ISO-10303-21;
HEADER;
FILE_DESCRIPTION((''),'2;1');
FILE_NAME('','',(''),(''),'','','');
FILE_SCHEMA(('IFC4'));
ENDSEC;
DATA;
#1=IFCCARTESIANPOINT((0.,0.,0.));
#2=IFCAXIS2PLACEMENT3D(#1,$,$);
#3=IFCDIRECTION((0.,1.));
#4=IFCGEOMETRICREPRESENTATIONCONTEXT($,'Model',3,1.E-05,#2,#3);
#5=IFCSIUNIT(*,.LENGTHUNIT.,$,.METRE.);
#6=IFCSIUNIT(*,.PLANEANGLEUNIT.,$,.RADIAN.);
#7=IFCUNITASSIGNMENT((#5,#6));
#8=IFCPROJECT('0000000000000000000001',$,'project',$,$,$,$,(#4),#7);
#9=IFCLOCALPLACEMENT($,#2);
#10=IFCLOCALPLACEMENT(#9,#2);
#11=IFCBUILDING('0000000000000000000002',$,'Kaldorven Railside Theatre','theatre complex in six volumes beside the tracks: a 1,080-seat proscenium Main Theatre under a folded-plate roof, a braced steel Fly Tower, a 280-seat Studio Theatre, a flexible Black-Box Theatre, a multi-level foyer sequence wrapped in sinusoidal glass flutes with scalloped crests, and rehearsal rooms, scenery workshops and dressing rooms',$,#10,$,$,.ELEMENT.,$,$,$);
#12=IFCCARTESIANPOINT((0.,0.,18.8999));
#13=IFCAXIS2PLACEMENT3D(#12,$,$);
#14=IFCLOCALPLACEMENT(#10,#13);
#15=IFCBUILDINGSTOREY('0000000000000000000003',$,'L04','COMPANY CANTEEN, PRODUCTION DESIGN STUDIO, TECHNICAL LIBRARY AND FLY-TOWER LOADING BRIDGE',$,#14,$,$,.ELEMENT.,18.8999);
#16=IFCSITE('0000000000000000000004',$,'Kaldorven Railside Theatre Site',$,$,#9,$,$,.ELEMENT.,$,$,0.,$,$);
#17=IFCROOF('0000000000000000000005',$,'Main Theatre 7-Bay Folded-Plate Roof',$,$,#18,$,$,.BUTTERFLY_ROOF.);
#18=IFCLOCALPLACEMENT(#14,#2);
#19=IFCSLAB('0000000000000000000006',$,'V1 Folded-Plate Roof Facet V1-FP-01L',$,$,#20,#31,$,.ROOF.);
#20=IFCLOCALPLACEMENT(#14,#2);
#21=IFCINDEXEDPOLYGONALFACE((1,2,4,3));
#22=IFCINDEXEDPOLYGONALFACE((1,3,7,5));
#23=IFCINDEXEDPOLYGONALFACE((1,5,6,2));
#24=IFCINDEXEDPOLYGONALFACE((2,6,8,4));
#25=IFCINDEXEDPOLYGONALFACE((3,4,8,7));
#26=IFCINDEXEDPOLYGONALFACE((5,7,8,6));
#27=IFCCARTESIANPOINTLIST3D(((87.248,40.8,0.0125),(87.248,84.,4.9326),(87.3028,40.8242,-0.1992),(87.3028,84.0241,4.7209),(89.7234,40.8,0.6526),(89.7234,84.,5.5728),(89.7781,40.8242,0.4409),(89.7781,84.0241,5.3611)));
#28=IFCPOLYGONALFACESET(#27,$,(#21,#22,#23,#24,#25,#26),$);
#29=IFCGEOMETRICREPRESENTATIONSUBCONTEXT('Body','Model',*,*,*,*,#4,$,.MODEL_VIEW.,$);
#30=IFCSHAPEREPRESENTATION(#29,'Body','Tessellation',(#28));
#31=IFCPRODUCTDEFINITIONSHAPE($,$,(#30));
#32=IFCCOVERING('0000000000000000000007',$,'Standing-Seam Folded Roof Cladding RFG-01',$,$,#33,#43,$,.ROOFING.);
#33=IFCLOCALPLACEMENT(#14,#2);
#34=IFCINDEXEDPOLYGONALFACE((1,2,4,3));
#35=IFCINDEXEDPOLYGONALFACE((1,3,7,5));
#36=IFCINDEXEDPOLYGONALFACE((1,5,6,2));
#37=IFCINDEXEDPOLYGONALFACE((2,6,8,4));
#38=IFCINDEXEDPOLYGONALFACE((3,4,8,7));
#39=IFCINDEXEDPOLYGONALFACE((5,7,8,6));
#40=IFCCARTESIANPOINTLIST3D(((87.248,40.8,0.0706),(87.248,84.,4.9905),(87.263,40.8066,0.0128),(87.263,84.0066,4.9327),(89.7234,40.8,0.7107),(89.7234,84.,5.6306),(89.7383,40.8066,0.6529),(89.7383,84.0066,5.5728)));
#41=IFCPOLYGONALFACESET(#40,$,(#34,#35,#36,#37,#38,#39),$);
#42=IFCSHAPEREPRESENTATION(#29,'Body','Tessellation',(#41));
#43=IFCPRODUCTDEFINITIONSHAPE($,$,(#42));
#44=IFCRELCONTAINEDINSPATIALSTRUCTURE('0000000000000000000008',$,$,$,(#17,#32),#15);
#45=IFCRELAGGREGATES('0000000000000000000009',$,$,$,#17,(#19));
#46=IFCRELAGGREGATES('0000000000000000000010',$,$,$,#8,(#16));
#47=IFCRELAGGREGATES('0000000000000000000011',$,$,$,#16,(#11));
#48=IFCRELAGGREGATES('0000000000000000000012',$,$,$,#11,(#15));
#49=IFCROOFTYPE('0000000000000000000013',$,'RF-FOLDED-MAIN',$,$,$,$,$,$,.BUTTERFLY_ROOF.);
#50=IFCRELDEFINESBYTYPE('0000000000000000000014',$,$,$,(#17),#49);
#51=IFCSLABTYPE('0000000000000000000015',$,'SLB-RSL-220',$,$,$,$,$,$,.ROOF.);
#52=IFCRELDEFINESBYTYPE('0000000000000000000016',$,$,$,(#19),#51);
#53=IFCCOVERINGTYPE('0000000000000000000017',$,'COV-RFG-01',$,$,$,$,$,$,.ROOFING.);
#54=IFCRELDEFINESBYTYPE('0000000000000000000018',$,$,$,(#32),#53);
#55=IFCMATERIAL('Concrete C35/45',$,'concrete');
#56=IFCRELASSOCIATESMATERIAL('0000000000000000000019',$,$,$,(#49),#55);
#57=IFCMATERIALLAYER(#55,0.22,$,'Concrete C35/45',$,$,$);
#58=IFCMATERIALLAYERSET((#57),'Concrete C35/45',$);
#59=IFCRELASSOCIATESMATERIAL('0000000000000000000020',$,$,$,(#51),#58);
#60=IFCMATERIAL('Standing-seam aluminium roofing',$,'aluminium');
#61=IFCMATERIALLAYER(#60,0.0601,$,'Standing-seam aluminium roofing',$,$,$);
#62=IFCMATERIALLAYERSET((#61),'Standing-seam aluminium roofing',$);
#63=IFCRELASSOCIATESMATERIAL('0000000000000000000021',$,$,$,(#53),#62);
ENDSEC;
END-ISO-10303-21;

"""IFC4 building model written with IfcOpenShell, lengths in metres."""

from ifc_helpers import new_model, si_unit, direction, frame, origin, place, context, subcontext, project, spatial, polyline, outline, extrude, material, layer, layer_set, type_object, element, aggregate, save


model = new_model("IFC4")

# Units and contexts
model_context = context("Model", 3, precision=1e-05, world=origin(), true_north=direction((0.0, 1.0)))
body_context = subcontext(model_context, "Body", "Model", "MODEL_VIEW")
ifc_project = project(units=[si_unit("LENGTHUNIT", "METRE"), si_unit("PLANEANGLEUNIT", "RADIAN")], contexts=[model_context])

# Site, building, storey
site_placement = place(None, origin())
site = spatial("IfcSite", under=ifc_project, at=site_placement, Name="Kaldorven Railside Theatre Site", CompositionType="ELEMENT", RefElevation=0.0)
building_placement = place(site_placement, origin())
building = spatial("IfcBuilding", under=site, at=building_placement, Name="Kaldorven Railside Theatre", Description="theatre complex in six volumes beside the tracks: a 1,080-seat proscenium Main Theatre under a folded-plate roof, a braced steel Fly Tower, a 280-seat Studio Theatre, a flexible Black-Box Theatre, a multi-level foyer sequence wrapped in sinusoidal glass flutes with scalloped crests, and rehearsal rooms, scenery workshops and dressing rooms", CompositionType="ELEMENT")
storey_placement = place(building_placement, frame((0.0, 0.0, 18.8999)))
storey = spatial("IfcBuildingStorey", under=building, at=storey_placement, Name="L04", Description="COMPANY CANTEEN, PRODUCTION DESIGN STUDIO, TECHNICAL LIBRARY AND FLY-TOWER LOADING BRIDGE", CompositionType="ELEMENT", Elevation=18.8999)

# Roof, slab
ifc_material_1 = material(Name="Concrete C35/45", Category="concrete")
roof_type = type_object("IfcRoofType", Name="RF-FOLDED-MAIN", PredefinedType="BUTTERFLY_ROOF", material=ifc_material_1)
roof_placement = place(storey_placement, origin())
roof = element("IfcRoof", 1, at=roof_placement, inside=storey, type_object=roof_type, Name="Main Theatre 7-Bay Folded-Plate Roof", PredefinedType="BUTTERFLY_ROOF")
ifc_layer_1 = layer(ifc_material_1, 0.22, Name="Concrete C35/45")
ifc_layer_set_1 = layer_set([ifc_layer_1], Name="Concrete C35/45")
slab_type = type_object("IfcSlabType", Name="SLB-RSL-220", PredefinedType="ROOF", material=ifc_layer_set_1)
slab_placement = place(storey_placement, frame((87.248, 40.8, 0.0125), z_axis=(-0.248861, -0.109601, 0.962318), x_axis=(0.968151, 0.0, 0.250369)))
slab = element("IfcSlab", 2, at=slab_placement, type_object=slab_type, Name="V1 Folded-Plate Roof Facet V1-FP-01L", PredefinedType="ROOF", context=body_context, shape_type="SweptSolid", body=[
    extrude(outline(polyline([(0.0, 0.0), (2.5568, 0.0), (3.7886, 43.4618), (1.2319, 43.4618), (0.0, 0.0)])), origin(), (0.0, 0.0, -1.0), 0.22),
])
aggregate(roof, [slab])

# Covering
ifc_material_2 = material(Name="Standing-seam aluminium roofing", Category="aluminium")
ifc_layer_2 = layer(ifc_material_2, 0.0601, Name="Standing-seam aluminium roofing")
ifc_layer_set_2 = layer_set([ifc_layer_2], Name="Standing-seam aluminium roofing")
covering_type = type_object("IfcCoveringType", Name="COV-RFG-01", PredefinedType="ROOFING", material=ifc_layer_set_2)
covering_placement = place(storey_placement, frame((87.248, 40.8, 0.0706), z_axis=(-0.248861, -0.109596, 0.962319), x_axis=(0.968151, 0.0, 0.250369)))
element("IfcCovering", 3, at=covering_placement, inside=storey, type_object=covering_type, Name="Standing-Seam Folded Roof Cladding RFG-01", PredefinedType="ROOFING", context=body_context, shape_type="SweptSolid", body=[
    extrude(outline(polyline([(0.0, 0.0), (2.5568, 0.0), (3.7886, 43.4618), (1.2318, 43.4618), (0.0, 0.0)])), origin(), (0.0, 0.0, -1.0), 0.0601),
])

save(model, "model.ifc")
